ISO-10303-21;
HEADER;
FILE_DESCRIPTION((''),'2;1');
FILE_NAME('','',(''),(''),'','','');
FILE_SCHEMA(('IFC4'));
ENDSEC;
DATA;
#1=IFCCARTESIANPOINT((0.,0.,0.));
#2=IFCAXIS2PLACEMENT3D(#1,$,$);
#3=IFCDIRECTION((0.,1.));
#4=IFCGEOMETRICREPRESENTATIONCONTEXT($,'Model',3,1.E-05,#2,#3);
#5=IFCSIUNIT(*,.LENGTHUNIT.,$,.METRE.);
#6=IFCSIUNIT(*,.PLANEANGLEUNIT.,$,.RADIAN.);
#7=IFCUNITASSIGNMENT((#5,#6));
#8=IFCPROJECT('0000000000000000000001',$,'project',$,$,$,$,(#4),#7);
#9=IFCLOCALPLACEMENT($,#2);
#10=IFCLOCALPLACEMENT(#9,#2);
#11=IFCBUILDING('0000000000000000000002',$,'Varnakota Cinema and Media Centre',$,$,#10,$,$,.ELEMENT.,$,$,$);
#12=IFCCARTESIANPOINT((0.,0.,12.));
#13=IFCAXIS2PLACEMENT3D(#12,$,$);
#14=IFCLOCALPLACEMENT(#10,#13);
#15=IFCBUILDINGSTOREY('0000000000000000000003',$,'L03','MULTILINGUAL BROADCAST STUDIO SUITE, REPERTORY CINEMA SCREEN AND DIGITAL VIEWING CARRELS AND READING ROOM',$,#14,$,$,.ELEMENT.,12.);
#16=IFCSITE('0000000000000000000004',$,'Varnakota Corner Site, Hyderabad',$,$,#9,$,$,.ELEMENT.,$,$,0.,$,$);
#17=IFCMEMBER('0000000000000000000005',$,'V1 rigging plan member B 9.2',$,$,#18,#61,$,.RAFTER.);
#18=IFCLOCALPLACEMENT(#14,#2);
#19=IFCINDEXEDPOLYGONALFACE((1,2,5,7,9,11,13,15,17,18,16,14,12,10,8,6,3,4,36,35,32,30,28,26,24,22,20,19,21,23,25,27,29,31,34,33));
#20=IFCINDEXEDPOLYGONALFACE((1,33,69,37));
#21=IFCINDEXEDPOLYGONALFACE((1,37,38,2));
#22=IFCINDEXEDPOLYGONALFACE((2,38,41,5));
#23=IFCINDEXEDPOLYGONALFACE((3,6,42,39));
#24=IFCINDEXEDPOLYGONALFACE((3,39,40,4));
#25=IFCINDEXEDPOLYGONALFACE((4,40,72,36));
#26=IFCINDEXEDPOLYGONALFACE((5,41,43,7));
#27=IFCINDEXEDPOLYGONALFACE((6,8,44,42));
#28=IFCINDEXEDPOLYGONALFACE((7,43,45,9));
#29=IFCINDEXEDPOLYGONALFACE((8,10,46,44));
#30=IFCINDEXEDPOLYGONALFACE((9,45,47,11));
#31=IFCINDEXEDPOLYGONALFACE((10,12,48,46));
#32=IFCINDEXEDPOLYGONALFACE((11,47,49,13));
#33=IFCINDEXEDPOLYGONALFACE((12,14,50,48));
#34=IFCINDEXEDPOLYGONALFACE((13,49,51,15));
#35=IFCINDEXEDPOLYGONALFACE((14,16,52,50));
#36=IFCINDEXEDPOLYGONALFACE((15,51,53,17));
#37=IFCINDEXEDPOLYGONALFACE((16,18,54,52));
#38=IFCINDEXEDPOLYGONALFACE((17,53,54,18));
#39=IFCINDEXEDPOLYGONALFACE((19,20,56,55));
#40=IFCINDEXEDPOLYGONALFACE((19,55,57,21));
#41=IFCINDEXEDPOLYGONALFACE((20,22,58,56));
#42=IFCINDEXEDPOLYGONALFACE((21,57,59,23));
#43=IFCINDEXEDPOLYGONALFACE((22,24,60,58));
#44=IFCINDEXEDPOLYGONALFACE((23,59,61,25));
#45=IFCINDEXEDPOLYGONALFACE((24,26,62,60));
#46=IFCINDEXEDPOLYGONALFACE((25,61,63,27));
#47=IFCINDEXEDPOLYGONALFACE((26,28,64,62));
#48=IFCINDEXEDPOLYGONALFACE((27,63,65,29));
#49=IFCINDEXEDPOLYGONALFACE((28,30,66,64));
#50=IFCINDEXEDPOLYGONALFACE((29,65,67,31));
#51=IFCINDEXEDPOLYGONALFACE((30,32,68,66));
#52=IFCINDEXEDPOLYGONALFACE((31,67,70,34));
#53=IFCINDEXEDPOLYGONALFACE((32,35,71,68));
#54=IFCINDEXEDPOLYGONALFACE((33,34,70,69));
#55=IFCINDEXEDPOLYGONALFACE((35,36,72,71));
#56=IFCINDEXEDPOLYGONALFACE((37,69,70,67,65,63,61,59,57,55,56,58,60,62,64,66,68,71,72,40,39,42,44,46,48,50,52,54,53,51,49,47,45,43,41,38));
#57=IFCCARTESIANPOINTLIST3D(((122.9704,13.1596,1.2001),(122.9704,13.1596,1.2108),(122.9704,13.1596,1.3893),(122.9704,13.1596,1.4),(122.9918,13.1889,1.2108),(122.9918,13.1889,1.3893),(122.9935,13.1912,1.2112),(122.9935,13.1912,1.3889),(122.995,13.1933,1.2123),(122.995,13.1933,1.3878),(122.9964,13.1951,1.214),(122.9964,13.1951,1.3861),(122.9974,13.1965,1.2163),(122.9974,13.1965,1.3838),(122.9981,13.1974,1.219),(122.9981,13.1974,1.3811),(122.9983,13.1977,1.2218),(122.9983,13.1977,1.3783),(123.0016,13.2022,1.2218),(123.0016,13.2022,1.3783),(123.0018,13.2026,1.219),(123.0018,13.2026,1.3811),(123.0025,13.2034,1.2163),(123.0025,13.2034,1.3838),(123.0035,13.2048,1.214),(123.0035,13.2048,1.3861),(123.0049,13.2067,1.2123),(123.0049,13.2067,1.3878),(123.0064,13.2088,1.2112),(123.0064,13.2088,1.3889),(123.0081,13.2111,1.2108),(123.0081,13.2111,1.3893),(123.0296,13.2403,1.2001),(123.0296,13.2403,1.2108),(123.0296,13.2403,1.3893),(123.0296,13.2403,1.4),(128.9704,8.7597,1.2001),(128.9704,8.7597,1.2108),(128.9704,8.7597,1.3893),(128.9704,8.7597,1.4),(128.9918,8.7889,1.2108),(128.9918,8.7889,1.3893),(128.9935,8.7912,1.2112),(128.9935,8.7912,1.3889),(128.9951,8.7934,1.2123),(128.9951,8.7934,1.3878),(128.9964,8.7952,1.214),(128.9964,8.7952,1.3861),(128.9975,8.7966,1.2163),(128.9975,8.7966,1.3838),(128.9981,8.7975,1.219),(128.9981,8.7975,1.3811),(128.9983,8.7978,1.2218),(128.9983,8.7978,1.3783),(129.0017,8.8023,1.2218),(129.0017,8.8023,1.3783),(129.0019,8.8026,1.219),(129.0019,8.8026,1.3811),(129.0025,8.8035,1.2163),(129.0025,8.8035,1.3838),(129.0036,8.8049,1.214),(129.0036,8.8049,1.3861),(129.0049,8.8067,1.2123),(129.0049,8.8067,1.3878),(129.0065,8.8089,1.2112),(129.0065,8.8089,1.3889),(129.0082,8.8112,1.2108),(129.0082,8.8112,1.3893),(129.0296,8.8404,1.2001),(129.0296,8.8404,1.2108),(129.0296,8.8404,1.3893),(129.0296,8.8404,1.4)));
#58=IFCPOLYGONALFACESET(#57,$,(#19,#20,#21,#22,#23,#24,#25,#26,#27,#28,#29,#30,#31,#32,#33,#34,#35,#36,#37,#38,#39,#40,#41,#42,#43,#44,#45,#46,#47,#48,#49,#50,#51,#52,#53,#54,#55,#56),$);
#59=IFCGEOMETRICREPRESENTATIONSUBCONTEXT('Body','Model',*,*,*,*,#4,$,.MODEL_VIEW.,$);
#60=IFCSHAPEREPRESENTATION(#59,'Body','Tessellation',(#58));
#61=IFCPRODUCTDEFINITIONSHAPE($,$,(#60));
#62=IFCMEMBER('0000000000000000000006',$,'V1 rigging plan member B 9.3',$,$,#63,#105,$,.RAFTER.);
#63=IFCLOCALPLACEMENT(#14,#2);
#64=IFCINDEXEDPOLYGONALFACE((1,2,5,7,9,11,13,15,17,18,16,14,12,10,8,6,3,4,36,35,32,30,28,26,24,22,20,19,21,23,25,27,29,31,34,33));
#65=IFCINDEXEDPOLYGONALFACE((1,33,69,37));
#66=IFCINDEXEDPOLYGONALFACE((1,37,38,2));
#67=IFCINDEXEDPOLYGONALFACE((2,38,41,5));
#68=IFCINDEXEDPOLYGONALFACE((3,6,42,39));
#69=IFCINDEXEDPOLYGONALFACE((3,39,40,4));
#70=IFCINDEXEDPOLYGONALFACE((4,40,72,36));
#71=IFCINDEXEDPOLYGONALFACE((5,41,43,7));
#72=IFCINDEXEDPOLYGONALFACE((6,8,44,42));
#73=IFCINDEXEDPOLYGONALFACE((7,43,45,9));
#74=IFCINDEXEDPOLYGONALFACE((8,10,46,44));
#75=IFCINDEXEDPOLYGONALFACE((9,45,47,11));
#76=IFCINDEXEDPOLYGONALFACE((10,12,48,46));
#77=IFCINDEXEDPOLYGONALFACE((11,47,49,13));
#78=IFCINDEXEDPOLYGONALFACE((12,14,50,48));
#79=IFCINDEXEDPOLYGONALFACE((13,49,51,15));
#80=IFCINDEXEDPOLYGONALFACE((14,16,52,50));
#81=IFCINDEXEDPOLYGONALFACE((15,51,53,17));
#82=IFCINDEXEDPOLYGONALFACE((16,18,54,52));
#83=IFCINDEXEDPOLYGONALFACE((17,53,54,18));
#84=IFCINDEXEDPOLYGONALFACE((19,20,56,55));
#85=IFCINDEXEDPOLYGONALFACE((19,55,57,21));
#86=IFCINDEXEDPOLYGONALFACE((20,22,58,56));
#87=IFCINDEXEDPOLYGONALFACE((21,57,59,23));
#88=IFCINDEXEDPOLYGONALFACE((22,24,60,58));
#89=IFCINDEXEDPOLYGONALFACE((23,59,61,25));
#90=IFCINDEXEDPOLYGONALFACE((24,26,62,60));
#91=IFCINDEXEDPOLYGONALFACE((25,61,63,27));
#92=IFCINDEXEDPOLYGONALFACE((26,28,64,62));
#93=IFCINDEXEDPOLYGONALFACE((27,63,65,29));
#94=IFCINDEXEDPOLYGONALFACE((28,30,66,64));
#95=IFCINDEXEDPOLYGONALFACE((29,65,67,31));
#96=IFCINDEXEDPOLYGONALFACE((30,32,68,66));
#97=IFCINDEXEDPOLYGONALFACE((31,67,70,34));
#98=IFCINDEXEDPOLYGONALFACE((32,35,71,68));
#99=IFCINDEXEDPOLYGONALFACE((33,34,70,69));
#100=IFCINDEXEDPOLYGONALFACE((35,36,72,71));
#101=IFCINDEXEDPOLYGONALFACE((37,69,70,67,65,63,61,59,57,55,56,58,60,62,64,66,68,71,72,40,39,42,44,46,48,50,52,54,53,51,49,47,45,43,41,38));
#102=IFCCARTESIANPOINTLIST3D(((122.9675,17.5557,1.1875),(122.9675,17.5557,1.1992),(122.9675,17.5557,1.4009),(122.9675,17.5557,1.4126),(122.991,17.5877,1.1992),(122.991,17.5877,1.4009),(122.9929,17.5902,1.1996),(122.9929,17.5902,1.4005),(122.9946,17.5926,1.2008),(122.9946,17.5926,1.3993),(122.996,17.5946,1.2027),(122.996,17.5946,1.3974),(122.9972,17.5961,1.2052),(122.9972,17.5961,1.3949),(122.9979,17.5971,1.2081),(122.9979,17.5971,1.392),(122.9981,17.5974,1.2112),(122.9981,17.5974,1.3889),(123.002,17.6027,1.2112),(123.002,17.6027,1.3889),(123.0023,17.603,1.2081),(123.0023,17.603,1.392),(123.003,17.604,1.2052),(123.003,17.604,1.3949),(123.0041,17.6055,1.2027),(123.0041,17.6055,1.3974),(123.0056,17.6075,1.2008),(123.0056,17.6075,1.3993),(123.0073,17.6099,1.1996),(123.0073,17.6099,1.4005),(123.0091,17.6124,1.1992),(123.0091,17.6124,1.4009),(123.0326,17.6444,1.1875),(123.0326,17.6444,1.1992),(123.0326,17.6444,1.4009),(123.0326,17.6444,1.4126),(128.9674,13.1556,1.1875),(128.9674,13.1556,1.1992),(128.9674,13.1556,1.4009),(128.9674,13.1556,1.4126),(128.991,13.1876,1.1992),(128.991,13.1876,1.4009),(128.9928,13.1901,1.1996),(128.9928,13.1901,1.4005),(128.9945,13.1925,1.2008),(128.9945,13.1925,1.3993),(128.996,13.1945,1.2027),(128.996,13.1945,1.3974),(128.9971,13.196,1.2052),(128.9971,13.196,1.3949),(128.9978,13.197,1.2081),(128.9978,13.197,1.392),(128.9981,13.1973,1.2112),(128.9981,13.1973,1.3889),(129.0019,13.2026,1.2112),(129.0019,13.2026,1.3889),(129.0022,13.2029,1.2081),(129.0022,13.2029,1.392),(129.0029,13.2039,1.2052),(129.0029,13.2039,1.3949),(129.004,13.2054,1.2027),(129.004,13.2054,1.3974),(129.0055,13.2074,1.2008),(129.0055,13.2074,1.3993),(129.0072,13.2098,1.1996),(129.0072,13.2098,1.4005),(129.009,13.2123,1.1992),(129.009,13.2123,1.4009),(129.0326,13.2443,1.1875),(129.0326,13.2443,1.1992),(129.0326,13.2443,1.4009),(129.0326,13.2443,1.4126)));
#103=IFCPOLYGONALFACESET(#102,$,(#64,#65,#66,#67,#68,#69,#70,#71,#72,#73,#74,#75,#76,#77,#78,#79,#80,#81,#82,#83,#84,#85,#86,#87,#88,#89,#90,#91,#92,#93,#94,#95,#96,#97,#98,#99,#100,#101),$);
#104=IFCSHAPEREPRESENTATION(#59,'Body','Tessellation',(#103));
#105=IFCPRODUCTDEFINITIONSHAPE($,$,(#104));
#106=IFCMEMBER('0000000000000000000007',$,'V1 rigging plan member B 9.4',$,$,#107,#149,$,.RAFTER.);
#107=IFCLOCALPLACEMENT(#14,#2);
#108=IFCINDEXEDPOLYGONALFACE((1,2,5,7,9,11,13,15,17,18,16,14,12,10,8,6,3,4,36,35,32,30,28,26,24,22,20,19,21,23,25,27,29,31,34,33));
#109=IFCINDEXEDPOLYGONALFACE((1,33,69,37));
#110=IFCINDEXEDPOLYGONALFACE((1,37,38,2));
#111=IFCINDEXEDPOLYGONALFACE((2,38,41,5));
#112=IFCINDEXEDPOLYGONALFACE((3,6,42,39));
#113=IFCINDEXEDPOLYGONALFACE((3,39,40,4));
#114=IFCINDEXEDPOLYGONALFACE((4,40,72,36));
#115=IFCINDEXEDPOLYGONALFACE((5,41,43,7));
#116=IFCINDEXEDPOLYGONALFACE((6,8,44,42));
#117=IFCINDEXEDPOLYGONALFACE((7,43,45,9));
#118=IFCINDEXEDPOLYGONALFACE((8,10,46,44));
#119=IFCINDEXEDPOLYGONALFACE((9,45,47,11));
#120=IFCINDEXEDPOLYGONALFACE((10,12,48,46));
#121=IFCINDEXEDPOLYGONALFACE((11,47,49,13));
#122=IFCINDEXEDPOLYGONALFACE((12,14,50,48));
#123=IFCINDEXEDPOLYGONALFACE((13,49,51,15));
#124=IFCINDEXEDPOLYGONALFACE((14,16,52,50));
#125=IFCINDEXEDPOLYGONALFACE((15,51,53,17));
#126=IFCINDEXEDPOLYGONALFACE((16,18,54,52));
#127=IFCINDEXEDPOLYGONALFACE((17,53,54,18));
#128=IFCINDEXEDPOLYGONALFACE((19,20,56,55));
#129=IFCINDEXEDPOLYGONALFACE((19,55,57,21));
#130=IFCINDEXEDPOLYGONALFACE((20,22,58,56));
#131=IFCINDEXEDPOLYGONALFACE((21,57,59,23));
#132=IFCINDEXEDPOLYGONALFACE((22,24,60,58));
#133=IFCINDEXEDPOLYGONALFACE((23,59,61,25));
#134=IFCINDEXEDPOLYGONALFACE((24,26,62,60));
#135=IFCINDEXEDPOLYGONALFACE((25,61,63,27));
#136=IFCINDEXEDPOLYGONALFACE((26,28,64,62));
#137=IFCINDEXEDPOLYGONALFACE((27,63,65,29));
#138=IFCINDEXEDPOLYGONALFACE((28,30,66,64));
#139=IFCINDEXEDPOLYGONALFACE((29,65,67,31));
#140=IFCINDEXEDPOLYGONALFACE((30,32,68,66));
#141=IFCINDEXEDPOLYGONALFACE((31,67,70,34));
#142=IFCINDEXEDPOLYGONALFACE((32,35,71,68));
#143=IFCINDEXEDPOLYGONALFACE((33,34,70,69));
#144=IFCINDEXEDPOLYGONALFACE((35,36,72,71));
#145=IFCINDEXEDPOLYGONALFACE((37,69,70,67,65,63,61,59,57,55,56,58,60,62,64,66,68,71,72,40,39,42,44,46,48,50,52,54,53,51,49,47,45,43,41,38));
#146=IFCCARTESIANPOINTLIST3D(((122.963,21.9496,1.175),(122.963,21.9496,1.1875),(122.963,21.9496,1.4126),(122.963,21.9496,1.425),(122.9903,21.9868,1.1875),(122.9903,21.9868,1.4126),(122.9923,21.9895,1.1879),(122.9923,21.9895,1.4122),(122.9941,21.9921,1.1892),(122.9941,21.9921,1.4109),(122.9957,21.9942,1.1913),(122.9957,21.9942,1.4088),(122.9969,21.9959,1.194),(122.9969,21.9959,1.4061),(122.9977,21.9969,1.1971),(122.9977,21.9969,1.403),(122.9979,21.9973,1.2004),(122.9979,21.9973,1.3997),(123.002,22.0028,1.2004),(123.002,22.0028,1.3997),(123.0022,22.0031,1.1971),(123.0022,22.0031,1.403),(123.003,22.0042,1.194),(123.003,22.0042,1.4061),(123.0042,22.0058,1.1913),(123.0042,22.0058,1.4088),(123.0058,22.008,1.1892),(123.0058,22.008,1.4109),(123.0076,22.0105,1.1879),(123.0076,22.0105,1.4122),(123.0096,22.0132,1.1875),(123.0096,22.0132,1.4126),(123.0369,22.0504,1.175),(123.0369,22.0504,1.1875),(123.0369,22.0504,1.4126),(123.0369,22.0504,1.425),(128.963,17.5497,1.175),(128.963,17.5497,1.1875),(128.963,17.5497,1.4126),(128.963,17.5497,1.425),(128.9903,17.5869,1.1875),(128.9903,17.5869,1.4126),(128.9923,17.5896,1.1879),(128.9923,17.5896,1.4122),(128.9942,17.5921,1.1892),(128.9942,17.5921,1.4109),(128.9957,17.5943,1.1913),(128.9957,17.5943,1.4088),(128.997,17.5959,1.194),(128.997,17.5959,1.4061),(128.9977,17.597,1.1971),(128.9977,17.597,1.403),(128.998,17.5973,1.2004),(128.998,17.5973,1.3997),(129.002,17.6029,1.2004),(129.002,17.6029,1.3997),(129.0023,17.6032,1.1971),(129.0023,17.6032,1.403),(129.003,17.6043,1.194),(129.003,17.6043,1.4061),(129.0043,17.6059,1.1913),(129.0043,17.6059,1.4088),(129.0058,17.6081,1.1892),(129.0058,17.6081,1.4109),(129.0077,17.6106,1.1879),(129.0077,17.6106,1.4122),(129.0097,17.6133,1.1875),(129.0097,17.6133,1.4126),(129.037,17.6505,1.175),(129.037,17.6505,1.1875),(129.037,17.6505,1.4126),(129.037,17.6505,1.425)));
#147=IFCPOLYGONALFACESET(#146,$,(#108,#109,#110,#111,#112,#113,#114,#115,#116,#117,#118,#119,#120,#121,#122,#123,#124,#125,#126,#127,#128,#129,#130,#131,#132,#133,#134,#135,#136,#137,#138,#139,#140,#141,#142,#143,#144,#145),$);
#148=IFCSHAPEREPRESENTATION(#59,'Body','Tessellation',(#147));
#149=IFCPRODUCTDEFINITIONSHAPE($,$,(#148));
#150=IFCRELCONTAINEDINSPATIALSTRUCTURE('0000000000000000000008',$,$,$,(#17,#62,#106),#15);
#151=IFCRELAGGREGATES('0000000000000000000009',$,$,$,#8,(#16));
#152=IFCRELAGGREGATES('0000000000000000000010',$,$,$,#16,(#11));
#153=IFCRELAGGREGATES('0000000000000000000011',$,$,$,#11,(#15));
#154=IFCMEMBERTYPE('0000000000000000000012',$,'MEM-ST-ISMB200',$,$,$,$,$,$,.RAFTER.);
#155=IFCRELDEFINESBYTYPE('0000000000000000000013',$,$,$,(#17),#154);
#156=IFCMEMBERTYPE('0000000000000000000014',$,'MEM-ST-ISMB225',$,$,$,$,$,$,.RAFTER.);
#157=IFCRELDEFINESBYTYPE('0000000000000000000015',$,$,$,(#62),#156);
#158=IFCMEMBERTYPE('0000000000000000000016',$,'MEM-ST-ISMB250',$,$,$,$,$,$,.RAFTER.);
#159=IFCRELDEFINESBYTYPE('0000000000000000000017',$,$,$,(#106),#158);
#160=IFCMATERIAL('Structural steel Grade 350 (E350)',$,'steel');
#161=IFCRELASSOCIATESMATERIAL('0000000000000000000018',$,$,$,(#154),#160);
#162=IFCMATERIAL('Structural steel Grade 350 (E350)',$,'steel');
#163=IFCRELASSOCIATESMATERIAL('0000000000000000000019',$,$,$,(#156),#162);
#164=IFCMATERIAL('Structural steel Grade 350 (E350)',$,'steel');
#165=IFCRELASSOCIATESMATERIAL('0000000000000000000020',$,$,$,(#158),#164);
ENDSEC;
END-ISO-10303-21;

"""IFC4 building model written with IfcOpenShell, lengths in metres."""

from ifc_helpers import new_model, si_unit, direction, frame, origin, origin_2d, place, context, subcontext, project, spatial, i_section, extrude, material, material_profile, profile_set, type_object, element, save


model = new_model("IFC4")

# Units and contexts
model_context = context("Model", 3, precision=1e-05, world=origin(), true_north=direction((0.0, 1.0)))
body_context = subcontext(model_context, "Body", "Model", "MODEL_VIEW")
ifc_project = project(units=[si_unit("LENGTHUNIT", "METRE"), si_unit("PLANEANGLEUNIT", "RADIAN")], contexts=[model_context])

# Site, building, storey
site_placement = place(None, origin())
site = spatial("IfcSite", under=ifc_project, at=site_placement, Name="Varnakota Corner Site, Hyderabad", CompositionType="ELEMENT", RefElevation=0.0)
building_placement = place(site_placement, origin())
building = spatial("IfcBuilding", under=site, at=building_placement, Name="Varnakota Cinema and Media Centre", CompositionType="ELEMENT")
storey_placement = place(building_placement, frame((0.0, 0.0, 12.0)))
storey = spatial("IfcBuildingStorey", under=building, at=storey_placement, Name="L03", Description="MULTILINGUAL BROADCAST STUDIO SUITE, REPERTORY CINEMA SCREEN AND DIGITAL VIEWING CARRELS AND READING ROOM", CompositionType="ELEMENT", Elevation=12.0)

# Members
ifc_material_1 = material(Name="Structural steel Grade 350 (E350)", Category="steel")
ifc_material_profile_1 = material_profile(ifc_material_1, i_section(OverallWidth=0.1001, OverallDepth=0.2, WebThickness=0.0056, FlangeThickness=0.0107, FilletRadius=0.011, at=origin_2d()), Name="ISMB 200")
ifc_profile_set_1 = profile_set([ifc_material_profile_1], Name="Structural steel Grade 350 (E350)")
member_type_1 = type_object("IfcMemberType", Name="MEM-ST-ISMB200", PredefinedType="RAFTER", material=ifc_profile_set_1)
member_1_placement = place(storey_placement, frame((129.0, 8.8, 1.3), z_axis=(-0.806411, 0.591355, 0.0), x_axis=(-0.591355, -0.806411, 0.0)))
element("IfcMember", 1, at=member_1_placement, inside=storey, type_object=member_type_1, Name="V1 rigging plan member B 9.2", PredefinedType="RAFTER", context=body_context, shape_type="SweptSolid", body=[
    extrude(i_section(OverallWidth=0.1001, OverallDepth=0.2, WebThickness=0.0056, FlangeThickness=0.0107, FilletRadius=0.011, at=origin_2d()), origin(), (0.0, 0.0, 1.0), 7.4404),
])
ifc_material_2 = material(Name="Structural steel Grade 350 (E350)", Category="steel")
ifc_material_profile_2 = material_profile(ifc_material_2, i_section(OverallWidth=0.1101, OverallDepth=0.2251, WebThickness=0.0066, FlangeThickness=0.0117, FilletRadius=0.012, at=origin_2d()), Name="ISMB 225")
ifc_profile_set_2 = profile_set([ifc_material_profile_2], Name="Structural steel Grade 350 (E350)")
member_type_2 = type_object("IfcMemberType", Name="MEM-ST-ISMB225", PredefinedType="RAFTER", material=ifc_profile_set_2)
member_2_placement = place(storey_placement, frame((129.0, 13.2, 1.3), z_axis=(-0.806396, 0.591376, 0.0), x_axis=(-0.591376, -0.806396, 0.0)))
element("IfcMember", 2, at=member_2_placement, inside=storey, type_object=member_type_2, Name="V1 rigging plan member B 9.3", PredefinedType="RAFTER", context=body_context, shape_type="SweptSolid", body=[
    extrude(i_section(OverallWidth=0.1101, OverallDepth=0.2251, WebThickness=0.0066, FlangeThickness=0.0117, FilletRadius=0.012, at=origin_2d()), origin(), (0.0, 0.0, 1.0), 7.4404),
])
ifc_material_3 = material(Name="Structural steel Grade 350 (E350)", Category="steel")
ifc_material_profile_3 = material_profile(ifc_material_3, i_section(OverallWidth=0.125, OverallDepth=0.25, WebThickness=0.0068, FlangeThickness=0.0125, FilletRadius=0.0129, at=origin_2d()), Name="ISMB 250")
ifc_profile_set_3 = profile_set([ifc_material_profile_3], Name="Structural steel Grade 350 (E350)")
member_type_3 = type_object("IfcMemberType", Name="MEM-ST-ISMB250", PredefinedType="RAFTER", material=ifc_profile_set_3)
member_3_placement = place(storey_placement, frame((129.0, 17.6001, 1.3), z_axis=(-0.806411, 0.591355, 0.0), x_axis=(-0.591355, -0.806411, 0.0)))
element("IfcMember", 3, at=member_3_placement, inside=storey, type_object=member_type_3, Name="V1 rigging plan member B 9.4", PredefinedType="RAFTER", context=body_context, shape_type="SweptSolid", body=[
    extrude(i_section(OverallWidth=0.125, OverallDepth=0.25, WebThickness=0.0068, FlangeThickness=0.0125, FilletRadius=0.0129, at=origin_2d()), origin(), (0.0, 0.0, 1.0), 7.4404),
])

save(model, "model.ifc")
